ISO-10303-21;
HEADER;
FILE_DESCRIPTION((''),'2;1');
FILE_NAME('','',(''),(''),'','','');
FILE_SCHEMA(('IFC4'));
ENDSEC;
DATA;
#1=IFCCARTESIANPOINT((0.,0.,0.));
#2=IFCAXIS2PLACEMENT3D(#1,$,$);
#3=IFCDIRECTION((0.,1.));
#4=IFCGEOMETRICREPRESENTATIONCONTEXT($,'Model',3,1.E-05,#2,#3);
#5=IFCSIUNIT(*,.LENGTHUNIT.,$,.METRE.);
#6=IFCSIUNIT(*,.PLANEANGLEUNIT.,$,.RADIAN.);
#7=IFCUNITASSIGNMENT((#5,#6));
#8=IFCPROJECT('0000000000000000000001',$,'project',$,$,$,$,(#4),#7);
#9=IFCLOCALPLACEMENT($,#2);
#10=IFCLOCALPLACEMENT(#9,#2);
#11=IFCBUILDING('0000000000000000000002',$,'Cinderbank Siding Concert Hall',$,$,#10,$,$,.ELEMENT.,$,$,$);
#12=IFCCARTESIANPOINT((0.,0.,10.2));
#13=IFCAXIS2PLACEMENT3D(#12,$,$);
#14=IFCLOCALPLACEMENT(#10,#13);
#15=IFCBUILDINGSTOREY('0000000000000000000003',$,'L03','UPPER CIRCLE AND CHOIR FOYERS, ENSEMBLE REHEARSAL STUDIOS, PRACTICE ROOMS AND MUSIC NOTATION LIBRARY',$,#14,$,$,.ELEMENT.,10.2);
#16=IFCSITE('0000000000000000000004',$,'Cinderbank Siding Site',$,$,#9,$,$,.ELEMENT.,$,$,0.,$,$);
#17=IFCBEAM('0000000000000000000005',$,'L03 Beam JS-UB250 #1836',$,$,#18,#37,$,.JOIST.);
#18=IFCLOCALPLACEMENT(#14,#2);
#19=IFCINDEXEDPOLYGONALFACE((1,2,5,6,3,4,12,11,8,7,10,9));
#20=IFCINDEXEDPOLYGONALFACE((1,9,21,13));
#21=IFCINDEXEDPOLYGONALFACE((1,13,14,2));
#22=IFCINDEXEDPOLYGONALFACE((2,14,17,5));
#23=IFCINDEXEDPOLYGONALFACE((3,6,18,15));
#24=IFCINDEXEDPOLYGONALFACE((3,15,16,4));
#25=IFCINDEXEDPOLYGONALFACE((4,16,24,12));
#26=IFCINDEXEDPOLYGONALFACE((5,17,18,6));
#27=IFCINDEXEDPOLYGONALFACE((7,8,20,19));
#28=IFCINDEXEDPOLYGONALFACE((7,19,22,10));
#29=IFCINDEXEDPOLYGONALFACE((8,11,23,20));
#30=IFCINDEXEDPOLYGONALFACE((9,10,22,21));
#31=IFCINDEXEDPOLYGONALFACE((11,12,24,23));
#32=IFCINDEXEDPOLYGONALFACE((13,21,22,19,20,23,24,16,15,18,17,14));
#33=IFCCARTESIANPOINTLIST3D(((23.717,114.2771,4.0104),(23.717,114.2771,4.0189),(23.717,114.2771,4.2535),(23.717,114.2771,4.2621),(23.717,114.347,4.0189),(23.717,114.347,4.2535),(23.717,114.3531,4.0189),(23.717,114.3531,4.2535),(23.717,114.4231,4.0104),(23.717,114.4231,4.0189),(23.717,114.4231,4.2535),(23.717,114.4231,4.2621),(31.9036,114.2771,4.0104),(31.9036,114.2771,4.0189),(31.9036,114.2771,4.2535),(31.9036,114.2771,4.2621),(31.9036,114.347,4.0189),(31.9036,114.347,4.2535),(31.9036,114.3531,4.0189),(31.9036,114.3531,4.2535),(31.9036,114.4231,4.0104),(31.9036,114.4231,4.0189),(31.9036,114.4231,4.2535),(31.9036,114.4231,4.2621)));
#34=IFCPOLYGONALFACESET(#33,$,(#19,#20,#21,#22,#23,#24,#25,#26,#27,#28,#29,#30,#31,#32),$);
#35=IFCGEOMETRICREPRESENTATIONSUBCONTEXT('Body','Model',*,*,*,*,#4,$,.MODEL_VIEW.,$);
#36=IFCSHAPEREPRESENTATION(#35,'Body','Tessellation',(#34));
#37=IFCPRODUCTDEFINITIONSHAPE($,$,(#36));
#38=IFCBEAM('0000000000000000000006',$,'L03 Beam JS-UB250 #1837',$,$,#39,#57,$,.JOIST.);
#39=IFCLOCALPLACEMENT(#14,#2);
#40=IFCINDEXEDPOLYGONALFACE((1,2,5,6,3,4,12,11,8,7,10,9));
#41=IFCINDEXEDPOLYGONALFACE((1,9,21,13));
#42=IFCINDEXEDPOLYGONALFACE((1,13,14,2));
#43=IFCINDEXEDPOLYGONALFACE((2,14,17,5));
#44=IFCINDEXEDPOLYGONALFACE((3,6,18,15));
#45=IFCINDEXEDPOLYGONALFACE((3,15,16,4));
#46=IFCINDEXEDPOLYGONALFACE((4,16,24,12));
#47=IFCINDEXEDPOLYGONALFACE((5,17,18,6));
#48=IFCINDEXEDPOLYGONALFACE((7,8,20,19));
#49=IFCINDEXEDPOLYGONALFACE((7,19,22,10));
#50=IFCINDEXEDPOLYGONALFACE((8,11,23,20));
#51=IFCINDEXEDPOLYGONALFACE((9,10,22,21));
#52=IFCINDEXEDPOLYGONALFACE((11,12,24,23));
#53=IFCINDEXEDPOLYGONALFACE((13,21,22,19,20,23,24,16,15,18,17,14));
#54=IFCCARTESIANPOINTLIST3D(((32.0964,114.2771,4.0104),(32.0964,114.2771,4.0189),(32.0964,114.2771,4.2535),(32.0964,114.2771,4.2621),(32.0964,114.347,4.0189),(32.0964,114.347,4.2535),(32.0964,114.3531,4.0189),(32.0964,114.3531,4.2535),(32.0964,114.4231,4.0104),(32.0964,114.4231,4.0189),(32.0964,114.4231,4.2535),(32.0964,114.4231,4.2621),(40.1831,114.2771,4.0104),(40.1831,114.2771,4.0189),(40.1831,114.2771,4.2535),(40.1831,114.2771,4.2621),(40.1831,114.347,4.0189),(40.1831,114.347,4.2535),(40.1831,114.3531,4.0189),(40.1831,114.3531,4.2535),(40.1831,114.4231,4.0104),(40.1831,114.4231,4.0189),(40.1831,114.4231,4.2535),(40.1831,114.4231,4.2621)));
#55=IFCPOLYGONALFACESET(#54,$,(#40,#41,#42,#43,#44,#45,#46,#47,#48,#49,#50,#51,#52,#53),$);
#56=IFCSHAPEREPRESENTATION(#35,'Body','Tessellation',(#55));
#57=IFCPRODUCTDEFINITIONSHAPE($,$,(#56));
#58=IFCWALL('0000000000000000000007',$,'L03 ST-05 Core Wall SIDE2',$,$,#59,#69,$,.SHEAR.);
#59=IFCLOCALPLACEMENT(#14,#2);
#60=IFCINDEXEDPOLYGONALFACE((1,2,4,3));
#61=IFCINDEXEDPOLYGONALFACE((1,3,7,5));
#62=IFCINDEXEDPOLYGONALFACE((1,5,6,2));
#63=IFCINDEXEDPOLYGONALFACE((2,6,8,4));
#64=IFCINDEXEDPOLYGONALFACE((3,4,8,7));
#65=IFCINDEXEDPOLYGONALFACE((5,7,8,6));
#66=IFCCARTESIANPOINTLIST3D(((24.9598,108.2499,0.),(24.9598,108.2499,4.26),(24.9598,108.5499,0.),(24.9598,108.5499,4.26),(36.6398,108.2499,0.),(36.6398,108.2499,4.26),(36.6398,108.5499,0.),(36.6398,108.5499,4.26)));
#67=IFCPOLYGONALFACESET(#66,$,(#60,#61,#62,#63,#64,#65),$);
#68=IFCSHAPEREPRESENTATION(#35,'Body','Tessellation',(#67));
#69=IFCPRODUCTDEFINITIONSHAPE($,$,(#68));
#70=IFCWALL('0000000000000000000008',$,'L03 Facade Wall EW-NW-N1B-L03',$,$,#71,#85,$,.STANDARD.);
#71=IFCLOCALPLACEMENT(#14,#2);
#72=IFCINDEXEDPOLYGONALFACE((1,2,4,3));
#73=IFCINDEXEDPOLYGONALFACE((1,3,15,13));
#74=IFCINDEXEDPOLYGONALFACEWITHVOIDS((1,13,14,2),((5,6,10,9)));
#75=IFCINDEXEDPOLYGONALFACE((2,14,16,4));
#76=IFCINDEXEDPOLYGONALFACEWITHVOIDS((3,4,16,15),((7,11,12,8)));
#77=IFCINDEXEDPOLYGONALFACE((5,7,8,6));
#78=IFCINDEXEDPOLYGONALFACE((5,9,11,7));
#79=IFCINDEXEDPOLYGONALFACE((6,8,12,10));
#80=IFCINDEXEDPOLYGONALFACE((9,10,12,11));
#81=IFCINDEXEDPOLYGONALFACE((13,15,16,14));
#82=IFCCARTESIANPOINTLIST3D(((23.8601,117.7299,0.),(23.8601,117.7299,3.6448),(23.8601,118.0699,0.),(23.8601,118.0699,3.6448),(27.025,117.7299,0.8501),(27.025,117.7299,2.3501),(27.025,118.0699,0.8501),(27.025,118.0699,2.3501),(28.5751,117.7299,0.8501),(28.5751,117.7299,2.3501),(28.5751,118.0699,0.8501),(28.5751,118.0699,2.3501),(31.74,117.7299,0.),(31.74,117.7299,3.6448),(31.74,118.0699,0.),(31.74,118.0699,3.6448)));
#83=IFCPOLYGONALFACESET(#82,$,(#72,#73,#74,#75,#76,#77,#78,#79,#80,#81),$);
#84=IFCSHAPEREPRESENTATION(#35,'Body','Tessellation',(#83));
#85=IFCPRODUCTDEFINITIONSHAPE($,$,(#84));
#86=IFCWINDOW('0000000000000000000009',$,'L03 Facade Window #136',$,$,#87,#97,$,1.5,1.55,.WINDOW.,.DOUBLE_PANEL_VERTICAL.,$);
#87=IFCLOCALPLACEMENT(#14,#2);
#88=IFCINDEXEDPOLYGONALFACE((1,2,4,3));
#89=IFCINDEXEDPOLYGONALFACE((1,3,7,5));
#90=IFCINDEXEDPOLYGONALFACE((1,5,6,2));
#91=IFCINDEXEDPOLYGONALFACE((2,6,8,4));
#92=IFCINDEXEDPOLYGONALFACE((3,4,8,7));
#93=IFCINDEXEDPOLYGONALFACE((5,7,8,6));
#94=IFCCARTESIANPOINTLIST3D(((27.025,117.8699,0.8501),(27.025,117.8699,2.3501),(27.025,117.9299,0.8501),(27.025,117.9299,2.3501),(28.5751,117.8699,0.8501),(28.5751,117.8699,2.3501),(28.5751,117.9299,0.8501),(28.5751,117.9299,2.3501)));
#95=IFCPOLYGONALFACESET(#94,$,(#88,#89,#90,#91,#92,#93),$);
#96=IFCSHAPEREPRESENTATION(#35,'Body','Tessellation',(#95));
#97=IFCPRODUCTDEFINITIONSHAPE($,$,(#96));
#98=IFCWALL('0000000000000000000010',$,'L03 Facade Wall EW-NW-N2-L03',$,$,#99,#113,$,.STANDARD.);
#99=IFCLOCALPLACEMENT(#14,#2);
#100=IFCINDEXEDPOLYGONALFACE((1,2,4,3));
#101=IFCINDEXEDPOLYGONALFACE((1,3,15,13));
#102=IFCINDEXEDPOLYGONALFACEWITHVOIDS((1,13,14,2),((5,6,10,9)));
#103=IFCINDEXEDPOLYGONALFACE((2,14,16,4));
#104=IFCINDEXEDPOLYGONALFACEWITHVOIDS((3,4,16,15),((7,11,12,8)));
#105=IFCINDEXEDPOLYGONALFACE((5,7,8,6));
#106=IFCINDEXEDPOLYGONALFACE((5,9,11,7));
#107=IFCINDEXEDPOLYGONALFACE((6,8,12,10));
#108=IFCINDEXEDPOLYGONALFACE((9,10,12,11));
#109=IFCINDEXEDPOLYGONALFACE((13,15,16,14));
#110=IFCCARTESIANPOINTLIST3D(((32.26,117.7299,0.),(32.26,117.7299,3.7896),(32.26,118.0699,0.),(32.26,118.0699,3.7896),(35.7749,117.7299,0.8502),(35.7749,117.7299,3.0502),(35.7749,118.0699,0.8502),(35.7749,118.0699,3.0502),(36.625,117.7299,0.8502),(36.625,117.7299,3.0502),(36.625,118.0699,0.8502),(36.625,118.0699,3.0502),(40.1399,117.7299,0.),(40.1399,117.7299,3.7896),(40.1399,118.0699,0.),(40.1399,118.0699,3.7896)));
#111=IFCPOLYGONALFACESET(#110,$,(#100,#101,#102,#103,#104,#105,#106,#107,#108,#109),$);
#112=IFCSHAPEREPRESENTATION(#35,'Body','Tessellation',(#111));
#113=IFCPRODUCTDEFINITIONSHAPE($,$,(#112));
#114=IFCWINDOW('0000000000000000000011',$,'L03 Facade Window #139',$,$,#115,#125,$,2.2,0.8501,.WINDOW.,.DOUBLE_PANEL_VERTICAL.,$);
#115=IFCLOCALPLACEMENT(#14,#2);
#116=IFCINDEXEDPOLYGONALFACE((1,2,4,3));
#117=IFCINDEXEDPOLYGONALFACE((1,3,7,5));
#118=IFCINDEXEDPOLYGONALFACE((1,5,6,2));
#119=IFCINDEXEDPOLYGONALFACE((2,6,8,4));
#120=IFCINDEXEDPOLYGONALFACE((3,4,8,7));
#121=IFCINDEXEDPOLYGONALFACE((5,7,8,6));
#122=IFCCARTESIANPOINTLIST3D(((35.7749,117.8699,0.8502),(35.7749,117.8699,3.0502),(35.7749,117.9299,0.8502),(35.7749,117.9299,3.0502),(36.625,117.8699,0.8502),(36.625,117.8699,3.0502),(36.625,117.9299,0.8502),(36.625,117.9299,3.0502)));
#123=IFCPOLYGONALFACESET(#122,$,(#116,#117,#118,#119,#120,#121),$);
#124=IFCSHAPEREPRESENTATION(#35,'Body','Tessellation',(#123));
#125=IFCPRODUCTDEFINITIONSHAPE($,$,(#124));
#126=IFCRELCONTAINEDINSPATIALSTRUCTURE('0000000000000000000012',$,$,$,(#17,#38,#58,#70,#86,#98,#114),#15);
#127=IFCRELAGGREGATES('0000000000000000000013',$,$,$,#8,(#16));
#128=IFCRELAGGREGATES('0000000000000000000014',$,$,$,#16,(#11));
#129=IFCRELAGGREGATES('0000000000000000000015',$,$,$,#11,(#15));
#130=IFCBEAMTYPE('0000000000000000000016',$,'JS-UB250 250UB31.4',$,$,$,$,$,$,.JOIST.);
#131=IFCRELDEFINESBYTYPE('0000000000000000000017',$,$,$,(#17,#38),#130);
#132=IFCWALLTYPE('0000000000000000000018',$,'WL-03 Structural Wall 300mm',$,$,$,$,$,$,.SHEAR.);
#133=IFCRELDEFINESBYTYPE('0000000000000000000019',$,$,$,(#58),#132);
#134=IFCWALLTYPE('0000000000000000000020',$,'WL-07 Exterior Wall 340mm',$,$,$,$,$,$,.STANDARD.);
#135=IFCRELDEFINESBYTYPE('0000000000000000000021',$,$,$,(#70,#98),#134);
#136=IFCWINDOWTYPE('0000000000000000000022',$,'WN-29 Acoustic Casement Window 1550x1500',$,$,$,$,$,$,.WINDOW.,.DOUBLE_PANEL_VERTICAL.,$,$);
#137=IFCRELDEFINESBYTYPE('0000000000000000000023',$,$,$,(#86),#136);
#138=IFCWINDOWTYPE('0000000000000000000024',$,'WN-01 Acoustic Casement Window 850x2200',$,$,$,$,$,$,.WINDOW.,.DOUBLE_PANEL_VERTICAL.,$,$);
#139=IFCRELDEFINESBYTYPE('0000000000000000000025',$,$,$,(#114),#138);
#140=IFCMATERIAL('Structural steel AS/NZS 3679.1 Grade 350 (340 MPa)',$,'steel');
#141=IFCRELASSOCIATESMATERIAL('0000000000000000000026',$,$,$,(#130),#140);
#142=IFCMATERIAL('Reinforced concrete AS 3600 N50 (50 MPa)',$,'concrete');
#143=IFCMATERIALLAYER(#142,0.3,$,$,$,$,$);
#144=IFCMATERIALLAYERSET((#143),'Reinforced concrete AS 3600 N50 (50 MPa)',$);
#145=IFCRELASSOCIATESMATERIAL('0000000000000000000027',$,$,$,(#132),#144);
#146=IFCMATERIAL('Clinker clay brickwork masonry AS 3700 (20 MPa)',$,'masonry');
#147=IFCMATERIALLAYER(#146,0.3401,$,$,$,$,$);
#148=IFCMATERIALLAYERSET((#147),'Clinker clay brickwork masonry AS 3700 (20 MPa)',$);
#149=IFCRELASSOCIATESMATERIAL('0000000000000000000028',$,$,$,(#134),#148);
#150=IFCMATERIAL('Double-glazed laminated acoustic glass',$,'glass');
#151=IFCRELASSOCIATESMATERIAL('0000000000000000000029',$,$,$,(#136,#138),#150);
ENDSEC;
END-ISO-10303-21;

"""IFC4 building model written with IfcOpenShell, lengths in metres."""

from ifc_helpers import new_model, si_unit, direction, frame, frame_2d, origin, origin_2d, place, context, subcontext, project, spatial, rectangle, i_section, extrude, material, layer, layer_set, material_profile, profile_set, type_object, element, fill, save


model = new_model("IFC4")

# Units and contexts
model_context = context("Model", 3, precision=1e-05, world=origin(), true_north=direction((0.0, 1.0)))
body_context = subcontext(model_context, "Body", "Model", "MODEL_VIEW")
ifc_project = project(units=[si_unit("LENGTHUNIT", "METRE"), si_unit("PLANEANGLEUNIT", "RADIAN")], contexts=[model_context])

# Site, building, storey
site_placement = place(None, origin())
site = spatial("IfcSite", under=ifc_project, at=site_placement, Name="Cinderbank Siding Site", CompositionType="ELEMENT", RefElevation=0.0)
building_placement = place(site_placement, origin())
building = spatial("IfcBuilding", under=site, at=building_placement, Name="Cinderbank Siding Concert Hall", CompositionType="ELEMENT")
storey_placement = place(building_placement, frame((0.0, 0.0, 10.2)))
storey = spatial("IfcBuildingStorey", under=building, at=storey_placement, Name="L03", Description="UPPER CIRCLE AND CHOIR FOYERS, ENSEMBLE REHEARSAL STUDIOS, PRACTICE ROOMS AND MUSIC NOTATION LIBRARY", CompositionType="ELEMENT", Elevation=10.2)

# Shared definitions
ifc_material_1 = material(Name="Reinforced concrete AS 3600 N50 (50 MPa)", Category="concrete")

# Beams
ifc_material_2 = material(Name="Structural steel AS/NZS 3679.1 Grade 350 (340 MPa)", Category="steel")
ifc_material_profile_1 = material_profile(ifc_material_2, i_section(OverallWidth=0.146, OverallDepth=0.2517, WebThickness=0.0061, FlangeThickness=0.0085, at=origin_2d()), Name="250UB31.4", Category="LoadBearing")
ifc_profile_set_1 = profile_set([ifc_material_profile_1], Name="Structural steel AS/NZS 3679.1 Grade 350 (340 MPa)")
beam_type_1 = type_object("IfcBeamType", Name="JS-UB250 250UB31.4", PredefinedType="JOIST", material=ifc_profile_set_1)
beam_1_placement = place(storey_placement, frame((23.717, 114.3501, 4.1362), z_axis=(1.0, 0.0, 0.0), x_axis=(0.0, 1.0, 0.0)))
element("IfcBeam", 1, at=beam_1_placement, inside=storey, type_object=beam_type_1, Name="L03 Beam JS-UB250 #1836", PredefinedType="JOIST", context=body_context, shape_type="SweptSolid", body=[
    extrude(i_section(OverallWidth=0.146, OverallDepth=0.2517, WebThickness=0.0061, FlangeThickness=0.0085, at=origin_2d()), origin(), (0.0, 0.0, 1.0), 8.1865),
])
beam_2_placement = place(storey_placement, frame((32.0964, 114.3501, 4.1362), z_axis=(1.0, 0.0, 0.0), x_axis=(0.0, 1.0, 0.0)))
element("IfcBeam", 2, at=beam_2_placement, inside=storey, type_object=beam_type_1, Name="L03 Beam JS-UB250 #1837", PredefinedType="JOIST", context=body_context, shape_type="SweptSolid", body=[
    extrude(i_section(OverallWidth=0.146, OverallDepth=0.2517, WebThickness=0.0061, FlangeThickness=0.0085, at=origin_2d()), origin(), (0.0, 0.0, 1.0), 8.0867),
])

# Wall
ifc_layer_1 = layer(ifc_material_1, 0.3)
ifc_layer_set_1 = layer_set([ifc_layer_1], Name="Reinforced concrete AS 3600 N50 (50 MPa)")
wall_type_1 = type_object("IfcWallType", Name="WL-03 Structural Wall 300mm", PredefinedType="SHEAR", material=ifc_layer_set_1)
wall_1_placement = place(storey_placement, frame((24.96, 108.3999, 0.0), z_axis=(0.0, 0.0, 1.0), x_axis=(1.0, 0.0, 0.0)))
element("IfcWall", 3, at=wall_1_placement, inside=storey, type_object=wall_type_1, Name="L03 ST-05 Core Wall SIDE2", PredefinedType="SHEAR", context=body_context, shape_type="SweptSolid", body=[
    extrude(rectangle(XDim=11.6799, YDim=0.3, at=frame_2d((5.8398, 0.0))), origin(), (0.0, 0.0, 1.0), 4.26),
])

# Walls, openings, windows
ifc_material_3 = material(Name="Clinker clay brickwork masonry AS 3700 (20 MPa)", Category="masonry")
ifc_layer_2 = layer(ifc_material_3, 0.3401)
ifc_layer_set_2 = layer_set([ifc_layer_2], Name="Clinker clay brickwork masonry AS 3700 (20 MPa)")
wall_type_2 = type_object("IfcWallType", Name="WL-07 Exterior Wall 340mm", PredefinedType="STANDARD", material=ifc_layer_set_2)
wall_2_placement = place(storey_placement, frame((23.8601, 117.8999, 0.0), z_axis=(0.0, 0.0, 1.0), x_axis=(1.0, 0.0, 0.0)))
wall_2 = element("IfcWall", 4, at=wall_2_placement, inside=storey, type_object=wall_type_2, Name="L03 Facade Wall EW-NW-N1B-L03", PredefinedType="STANDARD", context=body_context, shape_type="SweptSolid", body=[
    extrude(rectangle(XDim=7.8799, YDim=0.3401, at=frame_2d((3.9399, 0.0))), origin(), (0.0, 0.0, 1.0), 3.6448),
])
opening_1_placement = place(wall_2_placement, frame((3.165, 0.0, 0.8501)))
opening_1 = element("IfcOpeningElement", 5, at=opening_1_placement, cuts=wall_2, PredefinedType="OPENING", context=body_context, shape_type="SweptSolid", body=[
    extrude(rectangle(XDim=1.55, YDim=1.5, at=frame_2d((0.7749, 0.75))), frame((0.0, 0.1821, 0.0), z_axis=(0.0, -1.0, 0.0), x_axis=(1.0, 0.0, 0.0)), (0.0, 0.0, 1.0), 0.364),
])
ifc_material_4 = material(Name="Double-glazed laminated acoustic glass", Category="glass")
window_type_1 = type_object("IfcWindowType", Name="WN-29 Acoustic Casement Window 1550x1500", PartitioningType="DOUBLE_PANEL_VERTICAL", PredefinedType="WINDOW", material=ifc_material_4)
window_1_placement = place(opening_1_placement, origin())
window_1 = element("IfcWindow", 6, at=window_1_placement, inside=storey, type_object=window_type_1, Name="L03 Facade Window #136", OverallHeight=1.5, OverallWidth=1.55, PartitioningType="DOUBLE_PANEL_VERTICAL", PredefinedType="WINDOW", context=body_context, shape_type="SweptSolid", body=[
    extrude(rectangle(XDim=1.55, YDim=1.5, at=frame_2d((0.7749, 0.75))), frame((0.0, 0.03, 0.0), z_axis=(0.0, -1.0, 0.0), x_axis=(1.0, 0.0, 0.0)), (0.0, 0.0, 1.0), 0.0601),
])
fill(opening_1, window_1)
wall_3_placement = place(storey_placement, frame((32.26, 117.8999, 0.0), z_axis=(0.0, 0.0, 1.0), x_axis=(1.0, 0.0, 0.0)))
wall_3 = element("IfcWall", 7, at=wall_3_placement, inside=storey, type_object=wall_type_2, Name="L03 Facade Wall EW-NW-N2-L03", PredefinedType="STANDARD", context=body_context, shape_type="SweptSolid", body=[
    extrude(rectangle(XDim=7.8799, YDim=0.3401, at=frame_2d((3.9399, 0.0))), origin(), (0.0, 0.0, 1.0), 3.7896),
])
opening_2_placement = place(wall_3_placement, frame((3.5149, 0.0, 0.8501)))
opening_2 = element("IfcOpeningElement", 8, at=opening_2_placement, cuts=wall_3, PredefinedType="OPENING", context=body_context, shape_type="SweptSolid", body=[
    extrude(rectangle(XDim=0.8501, YDim=2.2, at=frame_2d((0.425, 1.1001))), frame((0.0, 0.1821, 0.0), z_axis=(0.0, -1.0, 0.0), x_axis=(1.0, 0.0, 0.0)), (0.0, 0.0, 1.0), 0.364),
])
window_type_2 = type_object("IfcWindowType", Name="WN-01 Acoustic Casement Window 850x2200", PartitioningType="DOUBLE_PANEL_VERTICAL", PredefinedType="WINDOW", material=ifc_material_4)
window_2_placement = place(opening_2_placement, origin())
window_2 = element("IfcWindow", 9, at=window_2_placement, inside=storey, type_object=window_type_2, Name="L03 Facade Window #139", OverallHeight=2.2, OverallWidth=0.8501, PartitioningType="DOUBLE_PANEL_VERTICAL", PredefinedType="WINDOW", context=body_context, shape_type="SweptSolid", body=[
    extrude(rectangle(XDim=0.8501, YDim=2.2, at=frame_2d((0.425, 1.1001))), frame((0.0, 0.03, 0.0), z_axis=(0.0, -1.0, 0.0), x_axis=(1.0, 0.0, 0.0)), (0.0, 0.0, 1.0), 0.0601),
])
fill(opening_2, window_2)

save(model, "model.ifc")
